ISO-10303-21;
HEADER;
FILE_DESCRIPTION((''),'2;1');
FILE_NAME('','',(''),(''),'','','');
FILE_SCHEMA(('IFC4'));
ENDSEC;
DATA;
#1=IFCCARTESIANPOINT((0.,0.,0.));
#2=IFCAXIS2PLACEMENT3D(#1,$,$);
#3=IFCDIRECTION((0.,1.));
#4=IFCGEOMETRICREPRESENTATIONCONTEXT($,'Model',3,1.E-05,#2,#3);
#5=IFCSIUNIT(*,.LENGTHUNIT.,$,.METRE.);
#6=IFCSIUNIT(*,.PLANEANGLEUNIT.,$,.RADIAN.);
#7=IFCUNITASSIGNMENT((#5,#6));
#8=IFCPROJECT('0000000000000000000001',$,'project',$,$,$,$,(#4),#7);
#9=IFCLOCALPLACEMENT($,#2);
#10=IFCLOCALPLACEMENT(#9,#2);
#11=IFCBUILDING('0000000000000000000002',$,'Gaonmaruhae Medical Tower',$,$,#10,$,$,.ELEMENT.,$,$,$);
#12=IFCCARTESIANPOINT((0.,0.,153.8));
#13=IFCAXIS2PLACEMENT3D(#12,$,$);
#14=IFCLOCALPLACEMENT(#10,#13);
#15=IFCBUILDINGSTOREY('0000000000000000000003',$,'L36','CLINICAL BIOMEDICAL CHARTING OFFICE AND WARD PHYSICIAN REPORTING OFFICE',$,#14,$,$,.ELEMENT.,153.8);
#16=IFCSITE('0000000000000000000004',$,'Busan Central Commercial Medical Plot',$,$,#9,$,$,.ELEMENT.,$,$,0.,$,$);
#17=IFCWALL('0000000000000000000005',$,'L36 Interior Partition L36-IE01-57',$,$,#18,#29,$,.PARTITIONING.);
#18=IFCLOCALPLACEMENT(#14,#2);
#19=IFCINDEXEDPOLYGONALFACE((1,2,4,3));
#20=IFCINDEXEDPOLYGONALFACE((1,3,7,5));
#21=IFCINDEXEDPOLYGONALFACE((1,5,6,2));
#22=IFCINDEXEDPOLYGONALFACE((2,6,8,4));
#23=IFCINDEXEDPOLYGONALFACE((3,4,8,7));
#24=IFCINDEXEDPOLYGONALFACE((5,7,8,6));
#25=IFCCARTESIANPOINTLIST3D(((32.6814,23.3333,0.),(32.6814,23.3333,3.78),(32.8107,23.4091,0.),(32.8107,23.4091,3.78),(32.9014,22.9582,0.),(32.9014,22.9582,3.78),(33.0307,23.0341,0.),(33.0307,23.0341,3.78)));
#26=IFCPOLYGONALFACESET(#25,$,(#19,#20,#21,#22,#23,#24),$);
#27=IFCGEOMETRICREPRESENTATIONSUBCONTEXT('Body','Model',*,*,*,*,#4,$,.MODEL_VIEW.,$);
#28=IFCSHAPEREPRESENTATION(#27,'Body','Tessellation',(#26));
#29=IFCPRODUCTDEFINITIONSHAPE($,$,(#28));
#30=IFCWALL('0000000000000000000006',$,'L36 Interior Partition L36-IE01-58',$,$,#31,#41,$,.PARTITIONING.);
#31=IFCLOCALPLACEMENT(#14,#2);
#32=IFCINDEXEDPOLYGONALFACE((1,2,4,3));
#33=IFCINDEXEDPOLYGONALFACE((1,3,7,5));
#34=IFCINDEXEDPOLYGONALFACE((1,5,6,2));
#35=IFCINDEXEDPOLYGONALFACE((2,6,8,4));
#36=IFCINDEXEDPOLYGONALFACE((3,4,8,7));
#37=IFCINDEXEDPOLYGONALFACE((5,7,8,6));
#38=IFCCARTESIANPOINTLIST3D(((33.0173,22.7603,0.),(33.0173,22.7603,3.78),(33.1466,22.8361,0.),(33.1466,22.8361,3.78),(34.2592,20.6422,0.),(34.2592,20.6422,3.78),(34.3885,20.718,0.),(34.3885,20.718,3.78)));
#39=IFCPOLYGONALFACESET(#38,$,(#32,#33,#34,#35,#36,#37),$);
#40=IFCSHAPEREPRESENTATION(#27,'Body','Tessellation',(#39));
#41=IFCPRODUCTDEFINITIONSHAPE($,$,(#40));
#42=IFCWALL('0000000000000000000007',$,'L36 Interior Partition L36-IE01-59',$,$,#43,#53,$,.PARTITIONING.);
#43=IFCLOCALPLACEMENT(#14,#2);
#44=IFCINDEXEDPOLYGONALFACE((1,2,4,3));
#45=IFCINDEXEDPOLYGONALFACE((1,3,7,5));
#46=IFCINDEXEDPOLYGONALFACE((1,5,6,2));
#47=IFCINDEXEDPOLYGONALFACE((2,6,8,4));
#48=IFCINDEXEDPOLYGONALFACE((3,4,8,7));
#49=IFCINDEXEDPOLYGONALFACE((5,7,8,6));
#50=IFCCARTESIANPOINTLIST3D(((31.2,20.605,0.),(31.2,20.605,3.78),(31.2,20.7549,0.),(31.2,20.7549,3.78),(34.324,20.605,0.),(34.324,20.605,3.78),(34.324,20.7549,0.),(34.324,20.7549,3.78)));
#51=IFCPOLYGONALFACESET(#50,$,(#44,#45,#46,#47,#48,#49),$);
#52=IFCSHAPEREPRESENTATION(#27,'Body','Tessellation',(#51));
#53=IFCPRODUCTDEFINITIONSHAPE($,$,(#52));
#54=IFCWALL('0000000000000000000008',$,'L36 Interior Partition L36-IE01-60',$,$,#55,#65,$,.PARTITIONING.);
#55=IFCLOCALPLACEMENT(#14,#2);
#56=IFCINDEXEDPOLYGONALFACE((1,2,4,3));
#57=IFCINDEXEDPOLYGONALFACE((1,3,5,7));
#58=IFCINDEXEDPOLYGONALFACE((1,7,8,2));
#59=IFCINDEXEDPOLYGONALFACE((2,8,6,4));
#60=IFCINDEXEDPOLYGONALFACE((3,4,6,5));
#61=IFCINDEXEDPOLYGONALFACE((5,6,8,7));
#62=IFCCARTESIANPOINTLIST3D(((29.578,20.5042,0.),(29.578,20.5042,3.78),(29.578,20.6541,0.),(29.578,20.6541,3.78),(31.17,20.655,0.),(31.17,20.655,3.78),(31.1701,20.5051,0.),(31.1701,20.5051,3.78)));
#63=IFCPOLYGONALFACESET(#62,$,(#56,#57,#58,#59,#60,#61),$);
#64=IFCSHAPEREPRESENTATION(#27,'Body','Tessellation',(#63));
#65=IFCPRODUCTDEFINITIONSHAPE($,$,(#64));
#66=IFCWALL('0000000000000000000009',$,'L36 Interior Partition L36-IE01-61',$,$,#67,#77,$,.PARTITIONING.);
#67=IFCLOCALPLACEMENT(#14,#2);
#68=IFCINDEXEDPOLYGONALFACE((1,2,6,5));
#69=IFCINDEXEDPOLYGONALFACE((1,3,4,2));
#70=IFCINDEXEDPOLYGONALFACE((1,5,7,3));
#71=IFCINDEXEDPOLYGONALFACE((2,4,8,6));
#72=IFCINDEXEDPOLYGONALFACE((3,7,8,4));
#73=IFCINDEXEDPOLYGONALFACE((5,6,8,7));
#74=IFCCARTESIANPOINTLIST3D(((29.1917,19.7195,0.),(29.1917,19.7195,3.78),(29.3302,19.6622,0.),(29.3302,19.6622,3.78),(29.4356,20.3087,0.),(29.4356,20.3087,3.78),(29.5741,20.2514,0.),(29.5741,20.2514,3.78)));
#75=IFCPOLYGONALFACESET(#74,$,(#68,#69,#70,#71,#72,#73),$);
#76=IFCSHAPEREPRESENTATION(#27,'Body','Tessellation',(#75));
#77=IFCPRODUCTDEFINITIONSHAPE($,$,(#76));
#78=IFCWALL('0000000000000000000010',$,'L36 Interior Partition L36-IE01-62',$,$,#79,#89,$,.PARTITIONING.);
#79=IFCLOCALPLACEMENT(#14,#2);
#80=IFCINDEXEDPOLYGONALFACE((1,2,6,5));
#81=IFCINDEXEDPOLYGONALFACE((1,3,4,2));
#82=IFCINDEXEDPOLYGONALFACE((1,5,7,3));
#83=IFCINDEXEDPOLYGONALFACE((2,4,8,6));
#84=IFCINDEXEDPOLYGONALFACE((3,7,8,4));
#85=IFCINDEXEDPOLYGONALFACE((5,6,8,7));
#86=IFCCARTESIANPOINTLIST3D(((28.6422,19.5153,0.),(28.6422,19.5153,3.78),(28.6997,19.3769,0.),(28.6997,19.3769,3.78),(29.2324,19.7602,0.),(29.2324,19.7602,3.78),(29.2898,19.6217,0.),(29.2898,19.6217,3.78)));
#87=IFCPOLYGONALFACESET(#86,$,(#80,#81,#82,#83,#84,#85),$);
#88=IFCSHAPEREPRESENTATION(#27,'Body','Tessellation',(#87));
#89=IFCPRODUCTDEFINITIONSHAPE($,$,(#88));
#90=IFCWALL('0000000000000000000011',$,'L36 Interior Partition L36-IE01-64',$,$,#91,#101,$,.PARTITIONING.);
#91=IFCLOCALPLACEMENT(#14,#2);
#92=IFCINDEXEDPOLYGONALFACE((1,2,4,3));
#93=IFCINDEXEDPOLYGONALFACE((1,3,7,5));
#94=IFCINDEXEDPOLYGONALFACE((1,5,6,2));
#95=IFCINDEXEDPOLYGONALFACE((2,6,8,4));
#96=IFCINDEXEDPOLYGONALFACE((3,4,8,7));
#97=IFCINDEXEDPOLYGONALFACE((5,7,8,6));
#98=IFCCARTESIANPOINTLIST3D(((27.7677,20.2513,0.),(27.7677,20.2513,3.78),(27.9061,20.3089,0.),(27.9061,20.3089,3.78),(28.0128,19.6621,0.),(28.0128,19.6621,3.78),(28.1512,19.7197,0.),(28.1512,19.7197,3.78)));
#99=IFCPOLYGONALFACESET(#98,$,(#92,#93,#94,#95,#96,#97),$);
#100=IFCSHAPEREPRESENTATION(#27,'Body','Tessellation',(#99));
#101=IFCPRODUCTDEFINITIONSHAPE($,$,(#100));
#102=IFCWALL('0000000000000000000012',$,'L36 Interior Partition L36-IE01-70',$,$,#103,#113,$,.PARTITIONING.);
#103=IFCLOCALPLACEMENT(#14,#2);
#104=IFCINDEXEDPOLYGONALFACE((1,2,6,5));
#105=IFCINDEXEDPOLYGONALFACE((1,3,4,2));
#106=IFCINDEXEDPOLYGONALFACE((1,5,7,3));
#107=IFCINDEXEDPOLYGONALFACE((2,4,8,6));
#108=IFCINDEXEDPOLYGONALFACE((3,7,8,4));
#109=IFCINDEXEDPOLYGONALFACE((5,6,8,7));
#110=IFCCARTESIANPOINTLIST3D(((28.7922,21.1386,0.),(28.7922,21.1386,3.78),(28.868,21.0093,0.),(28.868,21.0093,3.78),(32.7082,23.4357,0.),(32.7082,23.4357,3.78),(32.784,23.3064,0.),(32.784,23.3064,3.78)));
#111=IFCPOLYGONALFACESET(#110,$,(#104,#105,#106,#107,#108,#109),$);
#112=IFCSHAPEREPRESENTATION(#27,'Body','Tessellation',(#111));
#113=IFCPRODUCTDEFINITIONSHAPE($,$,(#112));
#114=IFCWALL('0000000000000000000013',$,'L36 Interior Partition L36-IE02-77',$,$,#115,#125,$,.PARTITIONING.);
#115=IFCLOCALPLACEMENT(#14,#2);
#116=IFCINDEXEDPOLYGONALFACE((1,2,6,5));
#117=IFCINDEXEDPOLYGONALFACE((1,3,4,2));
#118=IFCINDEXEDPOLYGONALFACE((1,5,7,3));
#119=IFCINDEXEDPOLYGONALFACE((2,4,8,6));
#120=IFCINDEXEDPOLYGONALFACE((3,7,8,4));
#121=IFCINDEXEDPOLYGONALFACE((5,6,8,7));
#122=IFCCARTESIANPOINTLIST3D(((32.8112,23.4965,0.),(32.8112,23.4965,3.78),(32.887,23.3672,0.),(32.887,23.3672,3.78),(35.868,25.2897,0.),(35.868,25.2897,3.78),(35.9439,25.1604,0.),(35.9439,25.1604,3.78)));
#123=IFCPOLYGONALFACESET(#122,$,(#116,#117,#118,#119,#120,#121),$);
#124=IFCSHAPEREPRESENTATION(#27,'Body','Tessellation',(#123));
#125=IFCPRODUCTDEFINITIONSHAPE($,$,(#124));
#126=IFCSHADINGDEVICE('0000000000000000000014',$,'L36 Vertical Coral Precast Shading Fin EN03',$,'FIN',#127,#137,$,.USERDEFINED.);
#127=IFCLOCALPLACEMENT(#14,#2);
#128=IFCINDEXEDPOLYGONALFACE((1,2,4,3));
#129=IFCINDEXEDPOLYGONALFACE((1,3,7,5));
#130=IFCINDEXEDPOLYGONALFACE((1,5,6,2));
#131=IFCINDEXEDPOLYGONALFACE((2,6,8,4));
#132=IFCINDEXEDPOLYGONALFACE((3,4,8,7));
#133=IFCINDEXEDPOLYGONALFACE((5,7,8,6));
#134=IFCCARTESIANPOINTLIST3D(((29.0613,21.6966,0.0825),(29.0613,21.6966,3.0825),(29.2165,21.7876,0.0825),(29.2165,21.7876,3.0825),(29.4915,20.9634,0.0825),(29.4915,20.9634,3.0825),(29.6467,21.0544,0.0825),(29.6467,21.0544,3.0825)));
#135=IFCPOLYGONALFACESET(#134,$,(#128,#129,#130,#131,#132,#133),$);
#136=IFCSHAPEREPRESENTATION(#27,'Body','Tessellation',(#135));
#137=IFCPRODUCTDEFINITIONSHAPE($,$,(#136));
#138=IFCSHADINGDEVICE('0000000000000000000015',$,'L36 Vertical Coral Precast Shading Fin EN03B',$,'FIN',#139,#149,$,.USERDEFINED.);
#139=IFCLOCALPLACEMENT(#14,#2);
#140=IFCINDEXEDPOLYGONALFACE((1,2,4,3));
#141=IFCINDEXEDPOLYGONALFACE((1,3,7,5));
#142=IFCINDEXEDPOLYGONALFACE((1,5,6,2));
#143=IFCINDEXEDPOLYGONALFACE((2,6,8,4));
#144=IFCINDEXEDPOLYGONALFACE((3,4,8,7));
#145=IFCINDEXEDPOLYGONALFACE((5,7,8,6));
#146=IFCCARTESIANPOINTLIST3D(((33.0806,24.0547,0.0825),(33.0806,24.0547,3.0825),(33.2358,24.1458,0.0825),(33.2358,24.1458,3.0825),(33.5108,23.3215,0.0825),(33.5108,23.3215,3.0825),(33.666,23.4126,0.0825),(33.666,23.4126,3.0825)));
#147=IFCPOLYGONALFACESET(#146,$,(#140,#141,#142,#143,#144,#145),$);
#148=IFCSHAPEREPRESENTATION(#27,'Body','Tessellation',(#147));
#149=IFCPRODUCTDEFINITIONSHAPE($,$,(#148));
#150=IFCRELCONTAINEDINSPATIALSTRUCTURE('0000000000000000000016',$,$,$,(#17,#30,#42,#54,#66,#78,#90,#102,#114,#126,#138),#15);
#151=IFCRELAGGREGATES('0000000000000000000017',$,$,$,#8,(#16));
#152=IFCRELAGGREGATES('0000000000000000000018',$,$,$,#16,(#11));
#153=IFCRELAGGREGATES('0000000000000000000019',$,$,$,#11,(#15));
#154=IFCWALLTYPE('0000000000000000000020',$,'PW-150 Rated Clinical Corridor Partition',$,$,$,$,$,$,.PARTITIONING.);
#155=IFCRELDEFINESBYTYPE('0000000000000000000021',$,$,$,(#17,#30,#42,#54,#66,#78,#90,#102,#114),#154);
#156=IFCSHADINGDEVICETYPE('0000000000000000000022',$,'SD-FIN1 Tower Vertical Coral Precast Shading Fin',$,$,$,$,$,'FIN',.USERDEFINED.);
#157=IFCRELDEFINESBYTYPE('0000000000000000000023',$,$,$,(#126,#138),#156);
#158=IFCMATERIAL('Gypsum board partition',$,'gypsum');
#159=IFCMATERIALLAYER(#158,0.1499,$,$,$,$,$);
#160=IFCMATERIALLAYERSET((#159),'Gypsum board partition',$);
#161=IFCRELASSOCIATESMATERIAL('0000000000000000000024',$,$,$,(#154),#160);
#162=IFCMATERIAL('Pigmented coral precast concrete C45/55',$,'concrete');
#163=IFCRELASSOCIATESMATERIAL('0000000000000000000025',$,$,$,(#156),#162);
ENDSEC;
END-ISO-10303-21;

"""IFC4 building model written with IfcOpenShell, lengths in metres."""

from ifc_helpers import new_model, si_unit, direction, frame, frame_2d, origin, origin_2d, place, context, subcontext, project, spatial, rectangle, extrude, material, layer, layer_set, type_object, element, save


model = new_model("IFC4")

# Units and contexts
model_context = context("Model", 3, precision=1e-05, world=origin(), true_north=direction((0.0, 1.0)))
body_context = subcontext(model_context, "Body", "Model", "MODEL_VIEW")
ifc_project = project(units=[si_unit("LENGTHUNIT", "METRE"), si_unit("PLANEANGLEUNIT", "RADIAN")], contexts=[model_context])

# Site, building, storey
site_placement = place(None, origin())
site = spatial("IfcSite", under=ifc_project, at=site_placement, Name="Busan Central Commercial Medical Plot", CompositionType="ELEMENT", RefElevation=0.0)
building_placement = place(site_placement, origin())
building = spatial("IfcBuilding", under=site, at=building_placement, Name="Gaonmaruhae Medical Tower", CompositionType="ELEMENT")
storey_placement = place(building_placement, frame((0.0, 0.0, 153.8)))
storey = spatial("IfcBuildingStorey", under=building, at=storey_placement, Name="L36", Description="CLINICAL BIOMEDICAL CHARTING OFFICE AND WARD PHYSICIAN REPORTING OFFICE", CompositionType="ELEMENT", Elevation=153.8)

# Walls
ifc_material_1 = material(Name="Gypsum board partition", Category="gypsum")
ifc_layer_1 = layer(ifc_material_1, 0.1499)
ifc_layer_set_1 = layer_set([ifc_layer_1], Name="Gypsum board partition")
wall_type_1 = type_object("IfcWallType", Name="PW-150 Rated Clinical Corridor Partition", PredefinedType="PARTITIONING", material=ifc_layer_set_1)
wall_1_placement = place(storey_placement, frame((32.7461, 23.3711, 0.0), z_axis=(0.0, 0.0, 1.0), x_axis=(0.505964, -0.862554, 0.0)))
element("IfcWall", 1, at=wall_1_placement, inside=storey, type_object=wall_type_1, Name="L36 Interior Partition L36-IE01-57", PredefinedType="PARTITIONING", context=body_context, shape_type="SweptSolid", body=[
    extrude(rectangle(XDim=0.4348, YDim=0.1499, at=frame_2d((0.2173, 0.0))), origin(), (0.0, 0.0, 1.0), 3.78),
])
wall_2_placement = place(storey_placement, frame((33.082, 22.7981, 0.0), z_axis=(0.0, 0.0, 1.0), x_axis=(0.505799, -0.862652, 0.0)))
element("IfcWall", 2, at=wall_2_placement, inside=storey, type_object=wall_type_1, Name="L36 Interior Partition L36-IE01-58", PredefinedType="PARTITIONING", context=body_context, shape_type="SweptSolid", body=[
    extrude(rectangle(XDim=2.4553, YDim=0.1499, at=frame_2d((1.2275, 0.0))), origin(), (0.0, 0.0, 1.0), 3.78),
])
wall_3_placement = place(storey_placement, frame((34.324, 20.6799, 0.0), z_axis=(0.0, 0.0, 1.0), x_axis=(-1.0, 0.0, 0.0)))
element("IfcWall", 3, at=wall_3_placement, inside=storey, type_object=wall_type_1, Name="L36 Interior Partition L36-IE01-59", PredefinedType="PARTITIONING", context=body_context, shape_type="SweptSolid", body=[
    extrude(rectangle(XDim=3.124, YDim=0.1499, at=frame_2d((1.562, 0.0))), origin(), (0.0, 0.0, 1.0), 3.78),
])
wall_4_placement = place(storey_placement, frame((31.1699, 20.5801, 0.0), z_axis=(0.0, 0.0, 1.0), x_axis=(-1.0, -0.000613, 0.0)))
element("IfcWall", 4, at=wall_4_placement, inside=storey, type_object=wall_type_1, Name="L36 Interior Partition L36-IE01-60", PredefinedType="PARTITIONING", context=body_context, shape_type="SweptSolid", body=[
    extrude(rectangle(XDim=1.592, YDim=0.1499, at=frame_2d((0.7959, 0.0))), origin(), (0.0, 0.0, 1.0), 3.78),
])
wall_5_placement = place(storey_placement, frame((29.5049, 20.28, 0.0), z_axis=(0.0, 0.0, 1.0), x_axis=(-0.382521, -0.923947, 0.0)))
element("IfcWall", 5, at=wall_5_placement, inside=storey, type_object=wall_type_1, Name="L36 Interior Partition L36-IE01-61", PredefinedType="PARTITIONING", context=body_context, shape_type="SweptSolid", body=[
    extrude(rectangle(XDim=0.6377, YDim=0.1499, at=frame_2d((0.3188, 0.0))), origin(), (0.0, 0.0, 1.0), 3.78),
])
wall_6_placement = place(storey_placement, frame((29.261, 19.6909, 0.0), z_axis=(0.0, 0.0, 1.0), x_axis=(-0.92363, -0.383285, 0.0)))
element("IfcWall", 6, at=wall_6_placement, inside=storey, type_object=wall_type_1, Name="L36 Interior Partition L36-IE01-62", PredefinedType="PARTITIONING", context=body_context, shape_type="SweptSolid", body=[
    extrude(rectangle(XDim=0.6389, YDim=0.1499, at=frame_2d((0.3193, 0.0))), origin(), (0.0, 0.0, 1.0), 3.78),
])
wall_7_placement = place(storey_placement, frame((28.082, 19.6909, 0.0), z_axis=(0.0, 0.0, 1.0), x_axis=(-0.384153, 0.923269, 0.0)))
element("IfcWall", 7, at=wall_7_placement, inside=storey, type_object=wall_type_1, Name="L36 Interior Partition L36-IE01-64", PredefinedType="PARTITIONING", context=body_context, shape_type="SweptSolid", body=[
    extrude(rectangle(XDim=0.6382, YDim=0.1499, at=frame_2d((0.3191, 0.0))), origin(), (0.0, 0.0, 1.0), 3.78),
])
wall_8_placement = place(storey_placement, frame((28.8301, 21.074, 0.0), z_axis=(0.0, 0.0, 1.0), x_axis=(0.862552, 0.505969, 0.0)))
element("IfcWall", 8, at=wall_8_placement, inside=storey, type_object=wall_type_1, Name="L36 Interior Partition L36-IE01-70", PredefinedType="PARTITIONING", context=body_context, shape_type="SweptSolid", body=[
    extrude(rectangle(XDim=4.54, YDim=0.1499, at=frame_2d((2.27, 0.0))), origin(), (0.0, 0.0, 1.0), 3.78),
])
wall_9_placement = place(storey_placement, frame((32.8491, 23.4319, 0.0), z_axis=(0.0, 0.0, 1.0), x_axis=(0.862545, 0.505981, 0.0)))
element("IfcWall", 9, at=wall_9_placement, inside=storey, type_object=wall_type_1, Name="L36 Interior Partition L36-IE02-77", PredefinedType="PARTITIONING", context=body_context, shape_type="SweptSolid", body=[
    extrude(rectangle(XDim=3.5439, YDim=0.1499, at=frame_2d((1.772, 0.0))), origin(), (0.0, 0.0, 1.0), 3.78),
])

# Shading devices
ifc_material_2 = material(Name="Pigmented coral precast concrete C45/55", Category="concrete")
shading_device_type = type_object("IfcShadingDeviceType", Name="SD-FIN1 Tower Vertical Coral Precast Shading Fin", ElementType="FIN", PredefinedType="USERDEFINED", material=ifc_material_2)
for number, where, z_axis, x_axis, name in (
    (10, (29.354, 21.3755, 0.0825), (0.0, 0.0, 1.0), (0.862514, 0.506034, 0.0), "L36 Vertical Coral Precast Shading Fin EN03"),
    (11, (33.3733, 23.7336, 0.0825), (0.0, 0.0, 1.0), (0.862514, 0.506034, 0.0), "L36 Vertical Coral Precast Shading Fin EN03B"),
):
    element("IfcShadingDevice", number, at=place(storey_placement, frame(where, z_axis=z_axis, x_axis=x_axis)), inside=storey, type_object=shading_device_type, Name=name, ObjectType="FIN", PredefinedType="USERDEFINED", context=body_context, shape_type="SweptSolid", body=[
        extrude(rectangle(XDim=0.1799, YDim=0.8501, at=origin_2d()), origin(), (0.0, 0.0, 1.0), 3.0),
    ])

save(model, "model.ifc")
